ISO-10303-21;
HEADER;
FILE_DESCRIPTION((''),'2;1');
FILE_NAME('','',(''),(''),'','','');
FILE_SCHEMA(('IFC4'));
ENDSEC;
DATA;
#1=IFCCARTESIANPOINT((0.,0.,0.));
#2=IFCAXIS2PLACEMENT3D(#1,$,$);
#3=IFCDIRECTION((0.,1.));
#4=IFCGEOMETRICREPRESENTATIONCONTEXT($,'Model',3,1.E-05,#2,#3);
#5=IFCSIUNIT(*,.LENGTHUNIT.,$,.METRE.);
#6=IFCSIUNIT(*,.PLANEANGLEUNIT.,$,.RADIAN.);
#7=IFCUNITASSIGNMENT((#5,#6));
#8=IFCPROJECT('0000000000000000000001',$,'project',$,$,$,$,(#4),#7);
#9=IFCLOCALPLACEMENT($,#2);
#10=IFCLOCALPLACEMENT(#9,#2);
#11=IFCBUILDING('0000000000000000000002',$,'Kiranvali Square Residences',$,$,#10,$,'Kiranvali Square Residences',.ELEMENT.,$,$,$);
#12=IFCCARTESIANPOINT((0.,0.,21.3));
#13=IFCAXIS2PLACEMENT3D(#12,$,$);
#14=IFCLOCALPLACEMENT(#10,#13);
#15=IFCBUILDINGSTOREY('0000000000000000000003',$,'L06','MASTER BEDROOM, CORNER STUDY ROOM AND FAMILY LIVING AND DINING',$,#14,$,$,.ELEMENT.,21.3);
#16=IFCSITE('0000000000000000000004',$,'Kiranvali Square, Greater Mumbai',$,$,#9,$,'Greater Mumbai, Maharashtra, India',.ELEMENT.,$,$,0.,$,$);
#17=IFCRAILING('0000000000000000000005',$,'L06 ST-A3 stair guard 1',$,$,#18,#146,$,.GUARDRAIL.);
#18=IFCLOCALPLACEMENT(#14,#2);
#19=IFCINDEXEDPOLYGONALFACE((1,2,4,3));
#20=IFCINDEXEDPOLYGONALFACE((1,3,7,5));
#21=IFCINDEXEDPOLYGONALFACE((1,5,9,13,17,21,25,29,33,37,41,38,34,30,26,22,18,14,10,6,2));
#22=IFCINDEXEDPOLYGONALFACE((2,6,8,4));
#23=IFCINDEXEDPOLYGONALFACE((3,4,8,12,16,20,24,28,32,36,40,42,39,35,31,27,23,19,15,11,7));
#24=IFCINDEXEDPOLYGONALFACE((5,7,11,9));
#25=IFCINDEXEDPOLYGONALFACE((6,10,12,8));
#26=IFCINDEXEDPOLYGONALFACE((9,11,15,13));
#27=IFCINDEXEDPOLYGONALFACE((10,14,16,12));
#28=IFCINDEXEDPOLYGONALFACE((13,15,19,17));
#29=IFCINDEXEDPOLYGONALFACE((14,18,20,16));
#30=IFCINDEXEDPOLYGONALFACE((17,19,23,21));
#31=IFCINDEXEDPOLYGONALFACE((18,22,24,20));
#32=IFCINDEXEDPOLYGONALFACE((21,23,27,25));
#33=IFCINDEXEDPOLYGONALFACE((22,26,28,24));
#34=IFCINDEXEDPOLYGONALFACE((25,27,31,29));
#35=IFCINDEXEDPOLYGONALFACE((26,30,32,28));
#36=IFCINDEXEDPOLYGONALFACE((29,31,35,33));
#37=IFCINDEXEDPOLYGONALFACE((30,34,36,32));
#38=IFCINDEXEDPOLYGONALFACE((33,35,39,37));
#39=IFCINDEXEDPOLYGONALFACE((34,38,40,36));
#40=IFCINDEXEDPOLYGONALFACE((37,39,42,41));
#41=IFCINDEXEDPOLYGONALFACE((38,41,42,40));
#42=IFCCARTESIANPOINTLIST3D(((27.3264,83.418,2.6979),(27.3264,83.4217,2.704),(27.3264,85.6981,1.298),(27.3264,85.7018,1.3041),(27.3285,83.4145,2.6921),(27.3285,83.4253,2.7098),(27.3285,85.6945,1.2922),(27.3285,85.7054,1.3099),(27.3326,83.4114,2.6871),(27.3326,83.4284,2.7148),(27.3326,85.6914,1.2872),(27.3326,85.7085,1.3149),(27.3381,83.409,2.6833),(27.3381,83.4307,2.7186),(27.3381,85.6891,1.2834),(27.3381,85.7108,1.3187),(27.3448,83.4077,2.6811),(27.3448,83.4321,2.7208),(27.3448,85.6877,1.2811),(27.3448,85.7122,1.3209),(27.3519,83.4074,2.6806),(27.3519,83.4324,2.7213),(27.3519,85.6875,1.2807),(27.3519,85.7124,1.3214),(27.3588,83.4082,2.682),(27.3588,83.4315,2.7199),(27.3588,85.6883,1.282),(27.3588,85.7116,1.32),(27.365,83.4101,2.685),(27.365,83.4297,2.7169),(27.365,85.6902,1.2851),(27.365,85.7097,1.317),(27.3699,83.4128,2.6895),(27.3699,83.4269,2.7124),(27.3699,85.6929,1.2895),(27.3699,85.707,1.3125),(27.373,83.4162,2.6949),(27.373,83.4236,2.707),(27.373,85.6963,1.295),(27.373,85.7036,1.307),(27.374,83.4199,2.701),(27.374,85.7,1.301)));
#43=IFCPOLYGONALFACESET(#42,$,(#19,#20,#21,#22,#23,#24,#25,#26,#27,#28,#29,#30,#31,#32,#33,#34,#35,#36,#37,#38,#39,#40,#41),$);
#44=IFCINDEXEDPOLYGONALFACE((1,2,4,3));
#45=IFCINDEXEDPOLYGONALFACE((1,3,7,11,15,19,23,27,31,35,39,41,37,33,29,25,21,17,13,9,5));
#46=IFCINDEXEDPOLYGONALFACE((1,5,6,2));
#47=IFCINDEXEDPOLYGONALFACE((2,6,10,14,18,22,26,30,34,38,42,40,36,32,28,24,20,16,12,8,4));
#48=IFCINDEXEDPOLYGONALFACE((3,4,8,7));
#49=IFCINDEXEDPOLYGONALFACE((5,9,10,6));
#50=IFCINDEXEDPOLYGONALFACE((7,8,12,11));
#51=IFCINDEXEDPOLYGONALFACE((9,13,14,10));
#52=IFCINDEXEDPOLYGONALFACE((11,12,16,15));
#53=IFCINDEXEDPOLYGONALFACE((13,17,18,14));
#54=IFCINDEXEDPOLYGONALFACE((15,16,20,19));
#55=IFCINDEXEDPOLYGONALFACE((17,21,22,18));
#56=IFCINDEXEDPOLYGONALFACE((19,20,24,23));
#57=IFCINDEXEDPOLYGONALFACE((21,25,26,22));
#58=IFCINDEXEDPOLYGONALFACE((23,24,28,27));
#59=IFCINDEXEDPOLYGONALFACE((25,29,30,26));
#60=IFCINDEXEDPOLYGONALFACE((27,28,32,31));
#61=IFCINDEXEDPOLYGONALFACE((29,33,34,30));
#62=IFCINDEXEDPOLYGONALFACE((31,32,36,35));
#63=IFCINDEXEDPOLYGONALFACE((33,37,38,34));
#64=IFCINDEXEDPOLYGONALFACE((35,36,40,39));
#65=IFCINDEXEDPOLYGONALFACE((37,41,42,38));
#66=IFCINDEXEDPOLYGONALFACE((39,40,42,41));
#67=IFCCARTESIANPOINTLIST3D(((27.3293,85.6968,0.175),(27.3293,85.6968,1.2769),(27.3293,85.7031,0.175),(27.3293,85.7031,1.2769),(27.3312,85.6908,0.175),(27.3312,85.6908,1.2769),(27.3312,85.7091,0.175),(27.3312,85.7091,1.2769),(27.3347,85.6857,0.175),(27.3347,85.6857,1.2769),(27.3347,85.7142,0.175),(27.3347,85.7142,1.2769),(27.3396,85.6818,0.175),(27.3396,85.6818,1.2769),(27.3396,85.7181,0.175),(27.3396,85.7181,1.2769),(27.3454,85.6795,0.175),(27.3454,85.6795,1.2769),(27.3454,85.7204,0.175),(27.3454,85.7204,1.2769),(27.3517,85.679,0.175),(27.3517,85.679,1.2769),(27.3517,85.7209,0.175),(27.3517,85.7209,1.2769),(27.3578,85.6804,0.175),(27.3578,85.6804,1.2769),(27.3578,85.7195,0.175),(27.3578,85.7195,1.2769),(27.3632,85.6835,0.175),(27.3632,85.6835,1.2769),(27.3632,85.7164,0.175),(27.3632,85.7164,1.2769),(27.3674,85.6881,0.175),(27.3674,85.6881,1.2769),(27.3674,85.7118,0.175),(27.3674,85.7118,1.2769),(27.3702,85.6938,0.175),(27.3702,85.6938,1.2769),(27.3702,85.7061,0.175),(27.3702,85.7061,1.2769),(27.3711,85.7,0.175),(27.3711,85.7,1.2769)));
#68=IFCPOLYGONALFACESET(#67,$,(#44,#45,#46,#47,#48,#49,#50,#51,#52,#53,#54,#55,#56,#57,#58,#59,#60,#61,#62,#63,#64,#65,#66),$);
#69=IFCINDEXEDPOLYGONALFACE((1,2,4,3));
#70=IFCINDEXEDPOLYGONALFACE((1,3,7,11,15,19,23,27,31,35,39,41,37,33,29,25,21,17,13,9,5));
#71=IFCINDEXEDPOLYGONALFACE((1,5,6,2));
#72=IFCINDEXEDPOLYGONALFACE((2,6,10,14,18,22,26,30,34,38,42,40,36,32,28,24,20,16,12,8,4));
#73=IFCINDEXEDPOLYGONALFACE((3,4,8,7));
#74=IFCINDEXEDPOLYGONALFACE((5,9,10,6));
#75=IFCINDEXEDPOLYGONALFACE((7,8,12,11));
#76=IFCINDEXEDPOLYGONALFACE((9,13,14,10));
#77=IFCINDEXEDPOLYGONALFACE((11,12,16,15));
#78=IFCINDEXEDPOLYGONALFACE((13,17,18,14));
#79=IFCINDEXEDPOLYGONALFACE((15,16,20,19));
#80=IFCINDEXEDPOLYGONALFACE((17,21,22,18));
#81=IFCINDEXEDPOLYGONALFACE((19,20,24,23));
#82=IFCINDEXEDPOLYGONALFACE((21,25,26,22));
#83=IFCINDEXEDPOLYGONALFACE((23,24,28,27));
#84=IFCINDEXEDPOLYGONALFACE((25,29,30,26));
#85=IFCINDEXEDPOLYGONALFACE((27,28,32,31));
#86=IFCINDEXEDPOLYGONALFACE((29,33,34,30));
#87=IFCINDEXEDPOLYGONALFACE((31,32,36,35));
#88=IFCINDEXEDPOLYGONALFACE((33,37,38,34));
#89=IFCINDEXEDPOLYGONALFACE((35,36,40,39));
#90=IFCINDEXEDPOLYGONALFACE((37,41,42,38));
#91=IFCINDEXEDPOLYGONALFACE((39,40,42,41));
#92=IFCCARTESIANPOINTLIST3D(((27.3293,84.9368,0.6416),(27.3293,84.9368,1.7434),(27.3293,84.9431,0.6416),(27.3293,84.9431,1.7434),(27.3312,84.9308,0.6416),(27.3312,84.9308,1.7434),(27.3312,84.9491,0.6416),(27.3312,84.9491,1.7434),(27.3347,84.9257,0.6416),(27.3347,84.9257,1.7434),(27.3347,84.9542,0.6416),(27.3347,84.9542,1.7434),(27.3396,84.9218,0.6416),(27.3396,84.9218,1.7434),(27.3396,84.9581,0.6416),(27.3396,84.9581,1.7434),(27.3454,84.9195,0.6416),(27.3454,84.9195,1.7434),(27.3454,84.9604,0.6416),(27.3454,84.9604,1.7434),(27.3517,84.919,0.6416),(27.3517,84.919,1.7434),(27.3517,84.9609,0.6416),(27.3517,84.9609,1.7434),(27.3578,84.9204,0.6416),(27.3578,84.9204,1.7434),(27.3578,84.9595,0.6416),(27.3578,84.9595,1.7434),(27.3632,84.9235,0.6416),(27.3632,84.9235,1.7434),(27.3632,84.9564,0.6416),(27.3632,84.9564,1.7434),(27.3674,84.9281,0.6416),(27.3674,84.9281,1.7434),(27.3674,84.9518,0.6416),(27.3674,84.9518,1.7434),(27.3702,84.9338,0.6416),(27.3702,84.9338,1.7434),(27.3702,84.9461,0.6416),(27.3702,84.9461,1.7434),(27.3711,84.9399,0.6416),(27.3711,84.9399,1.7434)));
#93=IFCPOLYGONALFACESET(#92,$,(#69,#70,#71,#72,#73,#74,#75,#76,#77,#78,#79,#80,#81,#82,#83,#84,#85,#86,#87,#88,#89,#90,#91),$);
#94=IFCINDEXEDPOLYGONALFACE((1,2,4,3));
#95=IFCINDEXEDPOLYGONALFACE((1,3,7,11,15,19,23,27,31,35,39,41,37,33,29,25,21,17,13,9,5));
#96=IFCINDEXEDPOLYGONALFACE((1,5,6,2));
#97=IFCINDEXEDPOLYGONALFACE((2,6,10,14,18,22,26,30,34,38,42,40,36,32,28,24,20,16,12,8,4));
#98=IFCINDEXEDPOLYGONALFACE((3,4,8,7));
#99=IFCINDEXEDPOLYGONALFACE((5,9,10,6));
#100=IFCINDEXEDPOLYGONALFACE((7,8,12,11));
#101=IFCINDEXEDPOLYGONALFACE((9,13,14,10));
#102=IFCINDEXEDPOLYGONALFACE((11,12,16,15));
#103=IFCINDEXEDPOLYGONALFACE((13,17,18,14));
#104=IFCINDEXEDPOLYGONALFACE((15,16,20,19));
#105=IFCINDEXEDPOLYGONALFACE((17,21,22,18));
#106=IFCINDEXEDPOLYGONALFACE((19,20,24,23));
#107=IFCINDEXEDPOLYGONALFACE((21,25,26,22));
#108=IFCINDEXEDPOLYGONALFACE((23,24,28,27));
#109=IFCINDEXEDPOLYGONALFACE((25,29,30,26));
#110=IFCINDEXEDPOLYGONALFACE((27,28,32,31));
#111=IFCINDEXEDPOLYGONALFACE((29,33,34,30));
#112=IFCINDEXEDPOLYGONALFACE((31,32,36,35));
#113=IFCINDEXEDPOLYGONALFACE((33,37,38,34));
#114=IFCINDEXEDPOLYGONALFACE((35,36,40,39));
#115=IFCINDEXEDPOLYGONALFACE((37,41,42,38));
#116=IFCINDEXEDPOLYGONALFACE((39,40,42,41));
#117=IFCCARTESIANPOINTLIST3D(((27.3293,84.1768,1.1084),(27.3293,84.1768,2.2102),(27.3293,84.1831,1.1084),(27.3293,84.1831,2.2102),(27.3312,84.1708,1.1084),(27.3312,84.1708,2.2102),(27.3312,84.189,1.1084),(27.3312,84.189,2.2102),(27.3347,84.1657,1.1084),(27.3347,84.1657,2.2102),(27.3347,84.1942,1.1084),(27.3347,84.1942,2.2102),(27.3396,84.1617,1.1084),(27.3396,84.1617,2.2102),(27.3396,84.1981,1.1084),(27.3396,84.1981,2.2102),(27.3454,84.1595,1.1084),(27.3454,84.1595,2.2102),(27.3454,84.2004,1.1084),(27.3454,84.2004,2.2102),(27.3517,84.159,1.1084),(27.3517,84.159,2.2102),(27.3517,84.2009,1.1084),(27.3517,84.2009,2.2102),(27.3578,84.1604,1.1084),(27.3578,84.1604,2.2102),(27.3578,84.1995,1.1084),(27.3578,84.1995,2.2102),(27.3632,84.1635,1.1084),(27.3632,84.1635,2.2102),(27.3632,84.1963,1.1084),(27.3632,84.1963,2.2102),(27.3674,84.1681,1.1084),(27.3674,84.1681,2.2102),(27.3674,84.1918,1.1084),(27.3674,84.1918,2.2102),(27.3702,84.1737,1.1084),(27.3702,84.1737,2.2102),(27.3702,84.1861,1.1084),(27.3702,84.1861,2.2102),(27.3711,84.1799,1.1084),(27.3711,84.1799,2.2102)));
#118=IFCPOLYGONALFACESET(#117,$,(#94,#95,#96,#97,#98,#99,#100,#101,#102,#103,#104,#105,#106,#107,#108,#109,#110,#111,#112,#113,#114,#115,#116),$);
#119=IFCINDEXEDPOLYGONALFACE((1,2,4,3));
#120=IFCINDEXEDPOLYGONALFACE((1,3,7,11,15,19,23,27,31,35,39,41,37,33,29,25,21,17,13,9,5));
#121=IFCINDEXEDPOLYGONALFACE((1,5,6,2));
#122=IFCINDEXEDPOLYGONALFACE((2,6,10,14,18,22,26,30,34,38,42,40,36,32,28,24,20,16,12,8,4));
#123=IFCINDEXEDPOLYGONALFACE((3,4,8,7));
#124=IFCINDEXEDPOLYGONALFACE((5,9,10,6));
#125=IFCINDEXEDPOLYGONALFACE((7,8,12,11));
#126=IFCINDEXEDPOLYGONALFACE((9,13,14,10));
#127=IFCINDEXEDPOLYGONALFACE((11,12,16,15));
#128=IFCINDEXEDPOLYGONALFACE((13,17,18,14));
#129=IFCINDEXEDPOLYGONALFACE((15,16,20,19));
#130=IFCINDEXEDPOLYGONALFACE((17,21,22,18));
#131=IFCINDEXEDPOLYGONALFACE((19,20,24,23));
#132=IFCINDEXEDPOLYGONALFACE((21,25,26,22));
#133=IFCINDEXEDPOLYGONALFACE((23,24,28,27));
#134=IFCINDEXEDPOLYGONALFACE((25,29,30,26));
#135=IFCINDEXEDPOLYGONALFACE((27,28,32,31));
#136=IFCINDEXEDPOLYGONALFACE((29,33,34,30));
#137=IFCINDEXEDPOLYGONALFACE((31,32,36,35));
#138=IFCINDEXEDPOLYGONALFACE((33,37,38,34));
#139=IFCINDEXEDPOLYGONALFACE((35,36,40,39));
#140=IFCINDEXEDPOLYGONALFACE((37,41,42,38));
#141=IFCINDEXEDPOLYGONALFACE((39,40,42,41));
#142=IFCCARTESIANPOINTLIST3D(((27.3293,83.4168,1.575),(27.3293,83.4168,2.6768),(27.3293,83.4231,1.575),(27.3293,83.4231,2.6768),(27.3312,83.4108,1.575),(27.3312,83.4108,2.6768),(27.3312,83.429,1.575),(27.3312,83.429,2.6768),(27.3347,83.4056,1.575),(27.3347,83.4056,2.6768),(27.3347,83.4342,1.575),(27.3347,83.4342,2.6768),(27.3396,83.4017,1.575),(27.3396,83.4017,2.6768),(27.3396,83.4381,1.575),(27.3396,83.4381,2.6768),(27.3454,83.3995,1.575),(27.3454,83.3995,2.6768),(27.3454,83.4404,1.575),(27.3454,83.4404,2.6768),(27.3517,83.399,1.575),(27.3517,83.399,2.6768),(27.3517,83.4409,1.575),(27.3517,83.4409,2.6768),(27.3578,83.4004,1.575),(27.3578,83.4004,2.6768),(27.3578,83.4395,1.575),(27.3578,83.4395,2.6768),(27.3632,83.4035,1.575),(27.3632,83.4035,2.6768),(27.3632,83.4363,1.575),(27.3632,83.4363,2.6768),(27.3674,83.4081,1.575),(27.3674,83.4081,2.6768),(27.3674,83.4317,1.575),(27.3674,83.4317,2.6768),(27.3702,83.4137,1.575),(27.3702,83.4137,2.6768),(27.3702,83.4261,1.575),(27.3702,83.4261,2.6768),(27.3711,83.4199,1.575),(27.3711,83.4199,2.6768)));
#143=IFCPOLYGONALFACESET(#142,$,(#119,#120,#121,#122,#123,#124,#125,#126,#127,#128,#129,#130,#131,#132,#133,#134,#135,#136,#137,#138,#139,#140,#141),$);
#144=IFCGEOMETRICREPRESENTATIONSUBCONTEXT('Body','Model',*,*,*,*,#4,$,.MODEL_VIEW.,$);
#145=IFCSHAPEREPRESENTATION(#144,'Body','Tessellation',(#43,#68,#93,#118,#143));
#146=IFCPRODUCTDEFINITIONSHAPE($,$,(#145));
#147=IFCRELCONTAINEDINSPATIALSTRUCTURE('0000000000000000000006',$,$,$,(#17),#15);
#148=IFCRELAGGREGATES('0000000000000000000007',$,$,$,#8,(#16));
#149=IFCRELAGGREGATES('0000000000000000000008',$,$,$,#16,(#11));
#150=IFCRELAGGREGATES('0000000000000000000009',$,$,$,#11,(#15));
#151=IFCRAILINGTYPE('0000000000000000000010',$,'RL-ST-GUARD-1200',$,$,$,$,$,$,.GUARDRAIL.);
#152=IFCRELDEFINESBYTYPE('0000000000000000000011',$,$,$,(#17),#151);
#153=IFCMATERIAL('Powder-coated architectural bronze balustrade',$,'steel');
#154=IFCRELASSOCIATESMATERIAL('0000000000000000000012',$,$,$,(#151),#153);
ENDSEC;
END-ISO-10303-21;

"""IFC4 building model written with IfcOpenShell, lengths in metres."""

from ifc_helpers import new_model, si_unit, direction, frame, origin, origin_2d, place, context, subcontext, project, spatial, circle, extrude, material, type_object, element, save


model = new_model("IFC4")

# Units and contexts
model_context = context("Model", 3, precision=1e-05, world=origin(), true_north=direction((0.0, 1.0)))
body_context = subcontext(model_context, "Body", "Model", "MODEL_VIEW")
ifc_project = project(units=[si_unit("LENGTHUNIT", "METRE"), si_unit("PLANEANGLEUNIT", "RADIAN")], contexts=[model_context])

# Site, building, storey
site_placement = place(None, origin())
site = spatial("IfcSite", under=ifc_project, at=site_placement, Name="Kiranvali Square, Greater Mumbai", LongName="Greater Mumbai, Maharashtra, India", CompositionType="ELEMENT", RefElevation=0.0)
building_placement = place(site_placement, origin())
building = spatial("IfcBuilding", under=site, at=building_placement, Name="Kiranvali Square Residences", LongName="Kiranvali Square Residences", CompositionType="ELEMENT")
storey_placement = place(building_placement, frame((0.0, 0.0, 21.3)))
storey = spatial("IfcBuildingStorey", under=building, at=storey_placement, Name="L06", Description="MASTER BEDROOM, CORNER STUDY ROOM AND FAMILY LIVING AND DINING", CompositionType="ELEMENT", Elevation=21.3)

# Railing
ifc_material_1 = material(Name="Powder-coated architectural bronze balustrade", Category="steel")
railing_type_1 = type_object("IfcRailingType", Name="RL-ST-GUARD-1200", PredefinedType="GUARDRAIL", material=ifc_material_1)
railing_1_placement = place(storey_placement, frame((27.3501, 85.7, 0.175)))
element("IfcRailing", 1, at=railing_1_placement, inside=storey, type_object=railing_type_1, Name="L06 ST-A3 stair guard 1", PredefinedType="GUARDRAIL", context=body_context, shape_type="SweptSolid", body=[
    extrude(circle(Radius=0.0239, at=origin_2d()), frame((0.0, 0.0, 1.126), z_axis=(0.0, -0.85219, 0.523232), x_axis=(1.0, 0.0, 0.0)), (0.0, 0.0, 1.0), 2.6755),
    extrude(circle(Radius=0.021, at=origin_2d()), origin(), (0.0, 0.0, 1.0), 1.1018),
    extrude(circle(Radius=0.021, at=origin_2d()), frame((0.0, -0.76, 0.4666)), (0.0, 0.0, 1.0), 1.1018),
    extrude(circle(Radius=0.021, at=origin_2d()), frame((0.0, -1.52, 0.9333)), (0.0, 0.0, 1.0), 1.1018),
    extrude(circle(Radius=0.021, at=origin_2d()), frame((0.0, -2.28, 1.3999)), (0.0, 0.0, 1.0), 1.1018),
])

save(model, "model.ifc")
